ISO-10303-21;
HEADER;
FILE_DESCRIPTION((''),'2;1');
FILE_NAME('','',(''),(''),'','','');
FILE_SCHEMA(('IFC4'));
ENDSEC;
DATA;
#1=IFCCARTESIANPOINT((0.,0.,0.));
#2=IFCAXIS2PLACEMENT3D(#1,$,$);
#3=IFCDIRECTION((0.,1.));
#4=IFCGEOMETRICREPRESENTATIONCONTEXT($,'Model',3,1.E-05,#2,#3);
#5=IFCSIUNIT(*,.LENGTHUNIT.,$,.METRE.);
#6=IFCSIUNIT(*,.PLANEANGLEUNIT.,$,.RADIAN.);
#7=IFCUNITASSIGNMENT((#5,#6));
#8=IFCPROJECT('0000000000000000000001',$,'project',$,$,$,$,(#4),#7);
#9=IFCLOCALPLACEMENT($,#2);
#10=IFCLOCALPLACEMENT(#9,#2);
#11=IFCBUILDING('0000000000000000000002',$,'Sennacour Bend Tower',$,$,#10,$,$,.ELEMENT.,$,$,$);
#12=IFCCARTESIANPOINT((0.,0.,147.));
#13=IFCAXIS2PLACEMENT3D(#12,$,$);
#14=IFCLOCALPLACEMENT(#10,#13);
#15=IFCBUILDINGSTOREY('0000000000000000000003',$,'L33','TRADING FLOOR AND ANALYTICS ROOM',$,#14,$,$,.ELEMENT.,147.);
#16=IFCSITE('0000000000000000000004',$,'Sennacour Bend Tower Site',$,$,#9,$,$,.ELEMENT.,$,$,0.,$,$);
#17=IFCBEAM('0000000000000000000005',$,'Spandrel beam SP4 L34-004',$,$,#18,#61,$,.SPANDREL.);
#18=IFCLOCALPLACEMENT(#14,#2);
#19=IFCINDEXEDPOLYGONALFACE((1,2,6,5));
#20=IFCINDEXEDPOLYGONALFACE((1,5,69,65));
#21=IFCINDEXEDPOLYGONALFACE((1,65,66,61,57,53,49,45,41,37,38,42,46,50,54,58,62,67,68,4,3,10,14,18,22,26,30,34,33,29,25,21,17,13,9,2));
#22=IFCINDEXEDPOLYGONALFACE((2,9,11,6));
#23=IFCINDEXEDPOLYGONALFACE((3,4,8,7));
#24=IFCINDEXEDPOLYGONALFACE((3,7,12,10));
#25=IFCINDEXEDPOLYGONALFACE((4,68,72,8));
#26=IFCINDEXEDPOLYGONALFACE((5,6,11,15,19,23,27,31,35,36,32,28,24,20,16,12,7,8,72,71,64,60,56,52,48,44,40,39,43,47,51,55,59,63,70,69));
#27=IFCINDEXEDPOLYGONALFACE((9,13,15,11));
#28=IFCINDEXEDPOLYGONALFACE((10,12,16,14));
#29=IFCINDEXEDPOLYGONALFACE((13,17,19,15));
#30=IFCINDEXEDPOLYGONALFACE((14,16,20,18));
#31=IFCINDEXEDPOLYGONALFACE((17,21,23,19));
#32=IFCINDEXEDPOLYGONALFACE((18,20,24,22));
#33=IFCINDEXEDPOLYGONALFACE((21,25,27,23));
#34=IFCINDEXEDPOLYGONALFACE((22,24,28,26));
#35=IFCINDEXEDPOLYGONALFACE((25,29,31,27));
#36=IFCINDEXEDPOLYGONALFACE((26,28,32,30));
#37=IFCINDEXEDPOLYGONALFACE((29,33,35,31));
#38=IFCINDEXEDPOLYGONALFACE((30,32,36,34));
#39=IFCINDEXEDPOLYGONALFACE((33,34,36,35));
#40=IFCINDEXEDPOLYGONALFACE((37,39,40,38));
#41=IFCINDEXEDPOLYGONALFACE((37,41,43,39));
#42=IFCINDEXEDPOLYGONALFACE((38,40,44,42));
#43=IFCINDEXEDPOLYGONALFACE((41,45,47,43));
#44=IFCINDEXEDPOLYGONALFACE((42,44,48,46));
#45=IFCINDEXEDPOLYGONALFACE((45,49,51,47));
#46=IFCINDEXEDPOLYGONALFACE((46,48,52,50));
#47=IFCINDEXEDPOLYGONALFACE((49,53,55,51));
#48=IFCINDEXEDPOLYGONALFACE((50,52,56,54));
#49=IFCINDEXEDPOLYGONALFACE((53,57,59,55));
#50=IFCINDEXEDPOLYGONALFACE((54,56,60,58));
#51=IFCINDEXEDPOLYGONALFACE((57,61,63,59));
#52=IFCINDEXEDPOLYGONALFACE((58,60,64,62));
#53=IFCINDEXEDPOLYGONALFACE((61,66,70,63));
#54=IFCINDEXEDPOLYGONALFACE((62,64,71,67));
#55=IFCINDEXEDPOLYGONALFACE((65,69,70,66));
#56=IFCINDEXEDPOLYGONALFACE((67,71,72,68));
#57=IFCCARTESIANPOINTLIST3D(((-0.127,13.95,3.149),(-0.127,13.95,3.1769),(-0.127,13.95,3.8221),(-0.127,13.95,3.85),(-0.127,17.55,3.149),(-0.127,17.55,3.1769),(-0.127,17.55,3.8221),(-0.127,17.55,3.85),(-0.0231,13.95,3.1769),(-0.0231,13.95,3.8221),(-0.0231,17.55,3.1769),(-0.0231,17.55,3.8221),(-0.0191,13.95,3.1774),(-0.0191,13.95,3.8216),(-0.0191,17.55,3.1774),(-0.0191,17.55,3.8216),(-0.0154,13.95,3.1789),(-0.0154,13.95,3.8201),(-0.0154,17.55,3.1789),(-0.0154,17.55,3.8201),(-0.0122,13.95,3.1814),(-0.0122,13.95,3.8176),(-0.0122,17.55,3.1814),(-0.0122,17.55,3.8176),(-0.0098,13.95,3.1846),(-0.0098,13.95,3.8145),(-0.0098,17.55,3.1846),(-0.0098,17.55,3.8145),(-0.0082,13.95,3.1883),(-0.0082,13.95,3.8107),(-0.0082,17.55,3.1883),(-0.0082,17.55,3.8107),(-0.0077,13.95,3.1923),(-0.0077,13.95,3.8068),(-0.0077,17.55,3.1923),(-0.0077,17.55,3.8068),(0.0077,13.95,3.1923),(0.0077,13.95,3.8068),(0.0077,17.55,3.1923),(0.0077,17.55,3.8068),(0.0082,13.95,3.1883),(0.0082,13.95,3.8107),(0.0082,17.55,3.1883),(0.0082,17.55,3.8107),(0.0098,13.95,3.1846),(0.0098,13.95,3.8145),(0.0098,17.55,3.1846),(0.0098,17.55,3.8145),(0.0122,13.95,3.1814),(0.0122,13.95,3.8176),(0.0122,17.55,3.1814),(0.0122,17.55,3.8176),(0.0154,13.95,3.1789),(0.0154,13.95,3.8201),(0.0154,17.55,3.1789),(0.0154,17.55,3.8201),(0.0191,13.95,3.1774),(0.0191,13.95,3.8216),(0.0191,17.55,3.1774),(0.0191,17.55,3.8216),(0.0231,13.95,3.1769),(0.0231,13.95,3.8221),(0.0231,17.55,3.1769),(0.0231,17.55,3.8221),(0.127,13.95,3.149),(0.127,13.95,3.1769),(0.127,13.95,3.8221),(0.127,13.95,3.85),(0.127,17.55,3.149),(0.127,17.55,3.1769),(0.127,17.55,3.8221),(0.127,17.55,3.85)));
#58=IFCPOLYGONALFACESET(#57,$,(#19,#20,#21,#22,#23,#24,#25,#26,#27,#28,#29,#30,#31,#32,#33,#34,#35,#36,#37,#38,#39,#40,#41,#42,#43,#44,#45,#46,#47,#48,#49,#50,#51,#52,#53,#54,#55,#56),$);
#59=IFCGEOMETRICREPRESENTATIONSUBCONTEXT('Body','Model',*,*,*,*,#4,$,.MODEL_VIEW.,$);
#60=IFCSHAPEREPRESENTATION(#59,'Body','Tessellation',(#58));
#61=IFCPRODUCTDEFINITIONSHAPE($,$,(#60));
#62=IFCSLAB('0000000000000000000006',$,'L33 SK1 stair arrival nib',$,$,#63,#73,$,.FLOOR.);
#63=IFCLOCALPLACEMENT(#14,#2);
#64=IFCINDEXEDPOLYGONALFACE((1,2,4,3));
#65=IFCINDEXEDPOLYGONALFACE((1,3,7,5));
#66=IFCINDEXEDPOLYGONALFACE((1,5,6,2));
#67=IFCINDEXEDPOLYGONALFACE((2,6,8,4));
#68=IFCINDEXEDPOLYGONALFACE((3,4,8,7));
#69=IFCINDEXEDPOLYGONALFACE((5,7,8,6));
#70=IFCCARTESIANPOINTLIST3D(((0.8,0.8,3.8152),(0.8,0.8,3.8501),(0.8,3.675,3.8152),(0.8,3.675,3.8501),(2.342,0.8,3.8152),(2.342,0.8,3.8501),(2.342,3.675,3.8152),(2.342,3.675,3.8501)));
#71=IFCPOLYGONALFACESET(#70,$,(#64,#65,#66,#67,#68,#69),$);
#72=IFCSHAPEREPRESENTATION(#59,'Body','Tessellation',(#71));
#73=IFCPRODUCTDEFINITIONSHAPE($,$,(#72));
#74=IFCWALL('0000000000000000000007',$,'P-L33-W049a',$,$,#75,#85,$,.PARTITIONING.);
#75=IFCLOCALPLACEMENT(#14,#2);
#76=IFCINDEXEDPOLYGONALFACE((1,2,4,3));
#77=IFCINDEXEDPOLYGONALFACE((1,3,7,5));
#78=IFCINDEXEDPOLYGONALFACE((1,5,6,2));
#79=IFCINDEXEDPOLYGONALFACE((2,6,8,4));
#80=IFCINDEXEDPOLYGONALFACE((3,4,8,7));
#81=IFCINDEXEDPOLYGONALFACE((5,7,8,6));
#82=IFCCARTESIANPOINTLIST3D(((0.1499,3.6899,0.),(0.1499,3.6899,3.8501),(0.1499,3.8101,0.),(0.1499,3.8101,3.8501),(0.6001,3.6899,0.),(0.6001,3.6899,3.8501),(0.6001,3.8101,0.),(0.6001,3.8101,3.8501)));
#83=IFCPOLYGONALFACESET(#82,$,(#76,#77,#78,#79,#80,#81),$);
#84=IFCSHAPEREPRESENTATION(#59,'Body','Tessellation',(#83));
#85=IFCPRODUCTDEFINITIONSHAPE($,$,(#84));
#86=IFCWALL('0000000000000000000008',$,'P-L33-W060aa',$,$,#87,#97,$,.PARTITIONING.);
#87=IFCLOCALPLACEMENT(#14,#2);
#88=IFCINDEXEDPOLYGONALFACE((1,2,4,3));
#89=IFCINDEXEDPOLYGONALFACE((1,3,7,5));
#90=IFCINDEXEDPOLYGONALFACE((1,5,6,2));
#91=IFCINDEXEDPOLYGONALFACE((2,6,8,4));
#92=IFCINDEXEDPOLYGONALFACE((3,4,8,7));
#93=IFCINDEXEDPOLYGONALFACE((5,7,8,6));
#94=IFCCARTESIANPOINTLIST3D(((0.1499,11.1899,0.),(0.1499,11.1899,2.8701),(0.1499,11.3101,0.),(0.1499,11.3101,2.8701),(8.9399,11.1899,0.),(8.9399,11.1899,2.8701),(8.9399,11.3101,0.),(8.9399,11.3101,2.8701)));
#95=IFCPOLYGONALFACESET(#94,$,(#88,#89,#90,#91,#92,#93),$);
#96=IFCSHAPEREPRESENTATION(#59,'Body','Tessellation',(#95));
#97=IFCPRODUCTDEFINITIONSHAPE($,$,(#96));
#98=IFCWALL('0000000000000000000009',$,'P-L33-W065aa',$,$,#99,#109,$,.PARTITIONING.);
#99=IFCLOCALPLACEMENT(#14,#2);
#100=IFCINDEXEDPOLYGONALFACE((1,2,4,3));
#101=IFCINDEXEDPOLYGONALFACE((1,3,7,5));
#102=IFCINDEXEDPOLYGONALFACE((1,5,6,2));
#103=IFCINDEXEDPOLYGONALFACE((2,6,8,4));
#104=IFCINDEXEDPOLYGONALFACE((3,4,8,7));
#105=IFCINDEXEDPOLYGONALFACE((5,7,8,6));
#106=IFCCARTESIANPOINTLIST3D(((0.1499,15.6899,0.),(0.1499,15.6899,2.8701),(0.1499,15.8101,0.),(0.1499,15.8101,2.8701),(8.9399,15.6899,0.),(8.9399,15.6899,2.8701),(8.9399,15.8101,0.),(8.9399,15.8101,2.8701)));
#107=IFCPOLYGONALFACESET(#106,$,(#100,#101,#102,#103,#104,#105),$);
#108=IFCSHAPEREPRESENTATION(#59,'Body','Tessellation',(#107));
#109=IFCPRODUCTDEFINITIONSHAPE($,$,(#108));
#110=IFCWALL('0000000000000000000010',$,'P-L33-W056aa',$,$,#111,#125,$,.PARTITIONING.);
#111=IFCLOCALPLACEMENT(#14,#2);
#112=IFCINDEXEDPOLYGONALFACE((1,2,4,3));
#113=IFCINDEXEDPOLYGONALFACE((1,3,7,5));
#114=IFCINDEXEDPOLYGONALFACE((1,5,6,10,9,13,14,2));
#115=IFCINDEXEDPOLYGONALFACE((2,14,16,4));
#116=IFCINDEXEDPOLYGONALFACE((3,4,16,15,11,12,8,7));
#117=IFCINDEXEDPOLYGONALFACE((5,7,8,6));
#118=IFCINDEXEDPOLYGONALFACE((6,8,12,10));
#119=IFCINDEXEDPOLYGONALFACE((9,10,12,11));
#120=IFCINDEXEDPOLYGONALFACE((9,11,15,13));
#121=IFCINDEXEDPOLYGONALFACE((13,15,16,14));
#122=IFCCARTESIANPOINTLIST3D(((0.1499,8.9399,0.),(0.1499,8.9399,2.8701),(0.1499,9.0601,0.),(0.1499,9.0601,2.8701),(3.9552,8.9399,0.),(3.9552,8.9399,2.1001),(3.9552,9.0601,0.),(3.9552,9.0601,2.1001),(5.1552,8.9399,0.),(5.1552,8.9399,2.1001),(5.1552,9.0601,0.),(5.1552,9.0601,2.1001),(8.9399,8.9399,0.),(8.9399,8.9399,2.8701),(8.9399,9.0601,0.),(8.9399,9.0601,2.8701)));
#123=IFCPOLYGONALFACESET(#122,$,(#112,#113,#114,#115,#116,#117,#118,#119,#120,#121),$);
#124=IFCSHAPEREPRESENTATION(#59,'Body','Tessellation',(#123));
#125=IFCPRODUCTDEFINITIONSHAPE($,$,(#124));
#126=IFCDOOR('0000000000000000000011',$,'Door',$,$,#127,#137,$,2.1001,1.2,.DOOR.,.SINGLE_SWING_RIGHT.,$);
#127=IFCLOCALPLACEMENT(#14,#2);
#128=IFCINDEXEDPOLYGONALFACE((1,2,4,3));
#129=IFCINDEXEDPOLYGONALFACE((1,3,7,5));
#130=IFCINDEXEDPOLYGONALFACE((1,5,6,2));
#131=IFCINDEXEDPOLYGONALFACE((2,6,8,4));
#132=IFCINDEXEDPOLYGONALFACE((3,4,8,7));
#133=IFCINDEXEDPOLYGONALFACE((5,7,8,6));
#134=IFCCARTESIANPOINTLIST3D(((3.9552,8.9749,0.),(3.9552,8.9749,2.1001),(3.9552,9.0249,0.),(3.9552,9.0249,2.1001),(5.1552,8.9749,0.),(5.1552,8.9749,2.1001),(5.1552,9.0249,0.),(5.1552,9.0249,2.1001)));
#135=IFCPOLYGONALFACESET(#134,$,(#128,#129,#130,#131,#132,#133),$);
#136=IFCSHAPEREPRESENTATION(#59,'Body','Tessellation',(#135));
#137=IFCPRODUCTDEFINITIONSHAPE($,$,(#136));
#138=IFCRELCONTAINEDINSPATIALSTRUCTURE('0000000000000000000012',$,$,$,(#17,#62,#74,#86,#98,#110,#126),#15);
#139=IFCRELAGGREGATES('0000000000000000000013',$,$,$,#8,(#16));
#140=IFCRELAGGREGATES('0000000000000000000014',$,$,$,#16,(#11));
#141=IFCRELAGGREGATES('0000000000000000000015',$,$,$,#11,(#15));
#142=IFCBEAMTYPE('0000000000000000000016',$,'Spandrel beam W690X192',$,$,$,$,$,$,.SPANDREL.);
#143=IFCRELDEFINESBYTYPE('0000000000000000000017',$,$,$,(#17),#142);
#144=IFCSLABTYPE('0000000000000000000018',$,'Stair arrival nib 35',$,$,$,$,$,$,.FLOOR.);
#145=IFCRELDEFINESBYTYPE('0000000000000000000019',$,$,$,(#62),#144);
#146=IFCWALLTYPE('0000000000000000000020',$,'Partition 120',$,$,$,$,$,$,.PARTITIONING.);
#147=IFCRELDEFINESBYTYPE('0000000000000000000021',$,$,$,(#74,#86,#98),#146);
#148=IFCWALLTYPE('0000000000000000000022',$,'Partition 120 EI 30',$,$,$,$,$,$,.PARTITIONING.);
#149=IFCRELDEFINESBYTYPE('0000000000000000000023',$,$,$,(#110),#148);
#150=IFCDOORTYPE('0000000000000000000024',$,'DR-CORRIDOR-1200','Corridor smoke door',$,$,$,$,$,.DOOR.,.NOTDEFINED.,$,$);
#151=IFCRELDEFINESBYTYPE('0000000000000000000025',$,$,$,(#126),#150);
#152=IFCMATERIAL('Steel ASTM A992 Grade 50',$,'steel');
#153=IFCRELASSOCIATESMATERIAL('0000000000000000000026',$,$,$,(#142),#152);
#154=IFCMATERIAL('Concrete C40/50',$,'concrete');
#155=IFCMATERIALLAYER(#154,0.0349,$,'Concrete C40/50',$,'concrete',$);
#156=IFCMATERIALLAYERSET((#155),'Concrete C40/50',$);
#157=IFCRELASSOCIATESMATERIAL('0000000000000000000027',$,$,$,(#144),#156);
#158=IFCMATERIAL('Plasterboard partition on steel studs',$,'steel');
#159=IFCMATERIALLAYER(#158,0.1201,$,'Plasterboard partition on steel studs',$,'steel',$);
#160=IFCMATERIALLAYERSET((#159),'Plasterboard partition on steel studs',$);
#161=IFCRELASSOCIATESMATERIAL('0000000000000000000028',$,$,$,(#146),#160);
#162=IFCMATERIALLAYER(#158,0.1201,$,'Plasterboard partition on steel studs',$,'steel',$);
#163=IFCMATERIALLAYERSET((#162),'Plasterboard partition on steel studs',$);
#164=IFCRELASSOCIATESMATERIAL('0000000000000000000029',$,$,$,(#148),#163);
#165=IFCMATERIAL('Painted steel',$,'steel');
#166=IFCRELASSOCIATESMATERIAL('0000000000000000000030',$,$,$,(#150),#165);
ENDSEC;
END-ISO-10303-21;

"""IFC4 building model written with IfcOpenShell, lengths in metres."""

from ifc_helpers import new_model, si_unit, direction, frame, frame_2d, origin, origin_2d, place, context, subcontext, project, spatial, polyline, rectangle, i_section, outline, extrude, material, layer, layer_set, material_profile, profile_set, type_object, element, fill, save


model = new_model("IFC4")

# Units and contexts
model_context = context("Model", 3, precision=1e-05, world=origin(), true_north=direction((0.0, 1.0)))
body_context = subcontext(model_context, "Body", "Model", "MODEL_VIEW")
ifc_project = project(units=[si_unit("LENGTHUNIT", "METRE"), si_unit("PLANEANGLEUNIT", "RADIAN")], contexts=[model_context])

# Site, building, storey
site_placement = place(None, origin())
site = spatial("IfcSite", under=ifc_project, at=site_placement, Name="Sennacour Bend Tower Site", CompositionType="ELEMENT", RefElevation=0.0)
building_placement = place(site_placement, origin())
building = spatial("IfcBuilding", under=site, at=building_placement, Name="Sennacour Bend Tower", CompositionType="ELEMENT")
storey_placement = place(building_placement, frame((0.0, 0.0, 147.0)))
storey = spatial("IfcBuildingStorey", under=building, at=storey_placement, Name="L33", Description="TRADING FLOOR AND ANALYTICS ROOM", CompositionType="ELEMENT", Elevation=147.0)

# Beam
ifc_material_1 = material(Name="Steel ASTM A992 Grade 50", Category="steel")
ifc_material_profile_1 = material_profile(ifc_material_1, i_section(OverallWidth=0.2539, OverallDepth=0.7009, WebThickness=0.0154, FlangeThickness=0.0278, FilletRadius=0.0154, at=origin_2d()), Name="Steel ASTM A992 Grade 50", Category="steel")
ifc_profile_set_1 = profile_set([ifc_material_profile_1], Name="Steel ASTM A992 Grade 50")
beam_type = type_object("IfcBeamType", Name="Spandrel beam W690X192", PredefinedType="SPANDREL", material=ifc_profile_set_1)
for number, where, z_axis, x_axis, name in (
    (1, (0.0, 13.95, 3.4995), (0.0, 1.0, 0.0), (-1.0, 0.0, 0.0), "Spandrel beam SP4 L34-004"),
):
    element("IfcBeam", number, at=place(storey_placement, frame(where, z_axis=z_axis, x_axis=x_axis)), inside=storey, type_object=beam_type, Name=name, PredefinedType="SPANDREL", context=body_context, shape_type="SweptSolid", body=[
        extrude(i_section(OverallWidth=0.2539, OverallDepth=0.7009, WebThickness=0.0154, FlangeThickness=0.0278, FilletRadius=0.0154, at=origin_2d()), origin(), (0.0, 0.0, 1.0), 3.6001),
    ])

# Slab
ifc_material_2 = material(Name="Concrete C40/50", Category="concrete")
ifc_layer_1 = layer(ifc_material_2, 0.0349, Name="Concrete C40/50", Category="concrete")
ifc_layer_set_1 = layer_set([ifc_layer_1], Name="Concrete C40/50")
slab_type = type_object("IfcSlabType", Name="Stair arrival nib 35", PredefinedType="FLOOR", material=ifc_layer_set_1)
slab_placement = place(storey_placement, frame((0.0, 0.0, 3.8152)))
element("IfcSlab", 2, at=slab_placement, inside=storey, type_object=slab_type, Name="L33 SK1 stair arrival nib", PredefinedType="FLOOR", context=body_context, shape_type="SweptSolid", body=[
    extrude(outline(polyline([(2.342, 3.675), (0.8, 3.675), (0.8, 0.8), (2.342, 0.8), (2.342, 3.675)])), origin(), (0.0, 0.0, 1.0), 0.0349),
])

# Walls
ifc_material_3 = material(Name="Plasterboard partition on steel studs", Category="steel")
ifc_layer_2 = layer(ifc_material_3, 0.1201, Name="Plasterboard partition on steel studs", Category="steel")
ifc_layer_set_2 = layer_set([ifc_layer_2], Name="Plasterboard partition on steel studs")
wall_type_1 = type_object("IfcWallType", Name="Partition 120", PredefinedType="PARTITIONING", material=ifc_layer_set_2)
wall_1_placement = place(storey_placement, frame((0.1499, 3.75, 0.0), z_axis=(0.0, 0.0, 1.0), x_axis=(1.0, 0.0, 0.0)))
element("IfcWall", 3, at=wall_1_placement, inside=storey, type_object=wall_type_1, Name="P-L33-W049a", PredefinedType="PARTITIONING", context=body_context, shape_type="SweptSolid", body=[
    extrude(rectangle(XDim=0.4502, YDim=0.1201, at=frame_2d((0.2251, 0.0))), origin(), (0.0, 0.0, 1.0), 3.8501),
])
for number, where, z_axis, x_axis, name in (
    (4, (0.1499, 11.25, 0.0), (0.0, 0.0, 1.0), (1.0, 0.0, 0.0), "P-L33-W060aa"),
    (5, (0.1499, 15.75, 0.0), (0.0, 0.0, 1.0), (1.0, 0.0, 0.0), "P-L33-W065aa"),
):
    element("IfcWall", number, at=place(storey_placement, frame(where, z_axis=z_axis, x_axis=x_axis)), inside=storey, type_object=wall_type_1, Name=name, PredefinedType="PARTITIONING", context=body_context, shape_type="SweptSolid", body=[
        extrude(rectangle(XDim=8.79, YDim=0.1201, at=frame_2d((4.395, 0.0))), origin(), (0.0, 0.0, 1.0), 2.8701),
    ])

# Wall, opening, door
ifc_layer_3 = layer(ifc_material_3, 0.1201, Name="Plasterboard partition on steel studs", Category="steel")
ifc_layer_set_3 = layer_set([ifc_layer_3], Name="Plasterboard partition on steel studs")
wall_type_2 = type_object("IfcWallType", Name="Partition 120 EI 30", PredefinedType="PARTITIONING", material=ifc_layer_set_3)
wall_2_placement = place(storey_placement, frame((0.1499, 9.0, 0.0), z_axis=(0.0, 0.0, 1.0), x_axis=(1.0, 0.0, 0.0)))
wall_2 = element("IfcWall", 6, at=wall_2_placement, inside=storey, type_object=wall_type_2, Name="P-L33-W056aa", PredefinedType="PARTITIONING", context=body_context, shape_type="SweptSolid", body=[
    extrude(rectangle(XDim=8.79, YDim=0.1201, at=frame_2d((4.395, 0.0))), origin(), (0.0, 0.0, 1.0), 2.8701),
])
opening_1_placement = place(wall_2_placement, frame((3.8052, 0.0, 0.0)))
opening_1 = element("IfcOpeningElement", 7, at=opening_1_placement, cuts=wall_2, PredefinedType="OPENING", context=body_context, shape_type="SweptSolid", body=[
    extrude(rectangle(XDim=1.2, YDim=2.1001, at=frame_2d((0.6001, 1.05))), frame((0.0, 0.0701, 0.0), z_axis=(0.0, -1.0, 0.0), x_axis=(1.0, 0.0, 0.0)), (0.0, 0.0, 1.0), 0.1401),
])
ifc_material_4 = material(Name="Painted steel", Category="steel")
door_type_1 = type_object("IfcDoorType", Name="DR-CORRIDOR-1200", Description="Corridor smoke door", OperationType="NOTDEFINED", PredefinedType="DOOR", material=ifc_material_4)
door_1_placement = place(opening_1_placement, origin())
door_1 = element("IfcDoor", 8, at=door_1_placement, inside=storey, type_object=door_type_1, Name="Door", OperationType="SINGLE_SWING_RIGHT", OverallHeight=2.1001, OverallWidth=1.2, PredefinedType="DOOR", context=body_context, shape_type="SweptSolid", body=[
    extrude(rectangle(XDim=1.2, YDim=2.1001, at=frame_2d((0.6001, 1.05))), frame((0.0, 0.0249, 0.0), z_axis=(0.0, -1.0, 0.0), x_axis=(1.0, 0.0, 0.0)), (0.0, 0.0, 1.0), 0.05),
])
fill(opening_1, door_1)

save(model, "model.ifc")
